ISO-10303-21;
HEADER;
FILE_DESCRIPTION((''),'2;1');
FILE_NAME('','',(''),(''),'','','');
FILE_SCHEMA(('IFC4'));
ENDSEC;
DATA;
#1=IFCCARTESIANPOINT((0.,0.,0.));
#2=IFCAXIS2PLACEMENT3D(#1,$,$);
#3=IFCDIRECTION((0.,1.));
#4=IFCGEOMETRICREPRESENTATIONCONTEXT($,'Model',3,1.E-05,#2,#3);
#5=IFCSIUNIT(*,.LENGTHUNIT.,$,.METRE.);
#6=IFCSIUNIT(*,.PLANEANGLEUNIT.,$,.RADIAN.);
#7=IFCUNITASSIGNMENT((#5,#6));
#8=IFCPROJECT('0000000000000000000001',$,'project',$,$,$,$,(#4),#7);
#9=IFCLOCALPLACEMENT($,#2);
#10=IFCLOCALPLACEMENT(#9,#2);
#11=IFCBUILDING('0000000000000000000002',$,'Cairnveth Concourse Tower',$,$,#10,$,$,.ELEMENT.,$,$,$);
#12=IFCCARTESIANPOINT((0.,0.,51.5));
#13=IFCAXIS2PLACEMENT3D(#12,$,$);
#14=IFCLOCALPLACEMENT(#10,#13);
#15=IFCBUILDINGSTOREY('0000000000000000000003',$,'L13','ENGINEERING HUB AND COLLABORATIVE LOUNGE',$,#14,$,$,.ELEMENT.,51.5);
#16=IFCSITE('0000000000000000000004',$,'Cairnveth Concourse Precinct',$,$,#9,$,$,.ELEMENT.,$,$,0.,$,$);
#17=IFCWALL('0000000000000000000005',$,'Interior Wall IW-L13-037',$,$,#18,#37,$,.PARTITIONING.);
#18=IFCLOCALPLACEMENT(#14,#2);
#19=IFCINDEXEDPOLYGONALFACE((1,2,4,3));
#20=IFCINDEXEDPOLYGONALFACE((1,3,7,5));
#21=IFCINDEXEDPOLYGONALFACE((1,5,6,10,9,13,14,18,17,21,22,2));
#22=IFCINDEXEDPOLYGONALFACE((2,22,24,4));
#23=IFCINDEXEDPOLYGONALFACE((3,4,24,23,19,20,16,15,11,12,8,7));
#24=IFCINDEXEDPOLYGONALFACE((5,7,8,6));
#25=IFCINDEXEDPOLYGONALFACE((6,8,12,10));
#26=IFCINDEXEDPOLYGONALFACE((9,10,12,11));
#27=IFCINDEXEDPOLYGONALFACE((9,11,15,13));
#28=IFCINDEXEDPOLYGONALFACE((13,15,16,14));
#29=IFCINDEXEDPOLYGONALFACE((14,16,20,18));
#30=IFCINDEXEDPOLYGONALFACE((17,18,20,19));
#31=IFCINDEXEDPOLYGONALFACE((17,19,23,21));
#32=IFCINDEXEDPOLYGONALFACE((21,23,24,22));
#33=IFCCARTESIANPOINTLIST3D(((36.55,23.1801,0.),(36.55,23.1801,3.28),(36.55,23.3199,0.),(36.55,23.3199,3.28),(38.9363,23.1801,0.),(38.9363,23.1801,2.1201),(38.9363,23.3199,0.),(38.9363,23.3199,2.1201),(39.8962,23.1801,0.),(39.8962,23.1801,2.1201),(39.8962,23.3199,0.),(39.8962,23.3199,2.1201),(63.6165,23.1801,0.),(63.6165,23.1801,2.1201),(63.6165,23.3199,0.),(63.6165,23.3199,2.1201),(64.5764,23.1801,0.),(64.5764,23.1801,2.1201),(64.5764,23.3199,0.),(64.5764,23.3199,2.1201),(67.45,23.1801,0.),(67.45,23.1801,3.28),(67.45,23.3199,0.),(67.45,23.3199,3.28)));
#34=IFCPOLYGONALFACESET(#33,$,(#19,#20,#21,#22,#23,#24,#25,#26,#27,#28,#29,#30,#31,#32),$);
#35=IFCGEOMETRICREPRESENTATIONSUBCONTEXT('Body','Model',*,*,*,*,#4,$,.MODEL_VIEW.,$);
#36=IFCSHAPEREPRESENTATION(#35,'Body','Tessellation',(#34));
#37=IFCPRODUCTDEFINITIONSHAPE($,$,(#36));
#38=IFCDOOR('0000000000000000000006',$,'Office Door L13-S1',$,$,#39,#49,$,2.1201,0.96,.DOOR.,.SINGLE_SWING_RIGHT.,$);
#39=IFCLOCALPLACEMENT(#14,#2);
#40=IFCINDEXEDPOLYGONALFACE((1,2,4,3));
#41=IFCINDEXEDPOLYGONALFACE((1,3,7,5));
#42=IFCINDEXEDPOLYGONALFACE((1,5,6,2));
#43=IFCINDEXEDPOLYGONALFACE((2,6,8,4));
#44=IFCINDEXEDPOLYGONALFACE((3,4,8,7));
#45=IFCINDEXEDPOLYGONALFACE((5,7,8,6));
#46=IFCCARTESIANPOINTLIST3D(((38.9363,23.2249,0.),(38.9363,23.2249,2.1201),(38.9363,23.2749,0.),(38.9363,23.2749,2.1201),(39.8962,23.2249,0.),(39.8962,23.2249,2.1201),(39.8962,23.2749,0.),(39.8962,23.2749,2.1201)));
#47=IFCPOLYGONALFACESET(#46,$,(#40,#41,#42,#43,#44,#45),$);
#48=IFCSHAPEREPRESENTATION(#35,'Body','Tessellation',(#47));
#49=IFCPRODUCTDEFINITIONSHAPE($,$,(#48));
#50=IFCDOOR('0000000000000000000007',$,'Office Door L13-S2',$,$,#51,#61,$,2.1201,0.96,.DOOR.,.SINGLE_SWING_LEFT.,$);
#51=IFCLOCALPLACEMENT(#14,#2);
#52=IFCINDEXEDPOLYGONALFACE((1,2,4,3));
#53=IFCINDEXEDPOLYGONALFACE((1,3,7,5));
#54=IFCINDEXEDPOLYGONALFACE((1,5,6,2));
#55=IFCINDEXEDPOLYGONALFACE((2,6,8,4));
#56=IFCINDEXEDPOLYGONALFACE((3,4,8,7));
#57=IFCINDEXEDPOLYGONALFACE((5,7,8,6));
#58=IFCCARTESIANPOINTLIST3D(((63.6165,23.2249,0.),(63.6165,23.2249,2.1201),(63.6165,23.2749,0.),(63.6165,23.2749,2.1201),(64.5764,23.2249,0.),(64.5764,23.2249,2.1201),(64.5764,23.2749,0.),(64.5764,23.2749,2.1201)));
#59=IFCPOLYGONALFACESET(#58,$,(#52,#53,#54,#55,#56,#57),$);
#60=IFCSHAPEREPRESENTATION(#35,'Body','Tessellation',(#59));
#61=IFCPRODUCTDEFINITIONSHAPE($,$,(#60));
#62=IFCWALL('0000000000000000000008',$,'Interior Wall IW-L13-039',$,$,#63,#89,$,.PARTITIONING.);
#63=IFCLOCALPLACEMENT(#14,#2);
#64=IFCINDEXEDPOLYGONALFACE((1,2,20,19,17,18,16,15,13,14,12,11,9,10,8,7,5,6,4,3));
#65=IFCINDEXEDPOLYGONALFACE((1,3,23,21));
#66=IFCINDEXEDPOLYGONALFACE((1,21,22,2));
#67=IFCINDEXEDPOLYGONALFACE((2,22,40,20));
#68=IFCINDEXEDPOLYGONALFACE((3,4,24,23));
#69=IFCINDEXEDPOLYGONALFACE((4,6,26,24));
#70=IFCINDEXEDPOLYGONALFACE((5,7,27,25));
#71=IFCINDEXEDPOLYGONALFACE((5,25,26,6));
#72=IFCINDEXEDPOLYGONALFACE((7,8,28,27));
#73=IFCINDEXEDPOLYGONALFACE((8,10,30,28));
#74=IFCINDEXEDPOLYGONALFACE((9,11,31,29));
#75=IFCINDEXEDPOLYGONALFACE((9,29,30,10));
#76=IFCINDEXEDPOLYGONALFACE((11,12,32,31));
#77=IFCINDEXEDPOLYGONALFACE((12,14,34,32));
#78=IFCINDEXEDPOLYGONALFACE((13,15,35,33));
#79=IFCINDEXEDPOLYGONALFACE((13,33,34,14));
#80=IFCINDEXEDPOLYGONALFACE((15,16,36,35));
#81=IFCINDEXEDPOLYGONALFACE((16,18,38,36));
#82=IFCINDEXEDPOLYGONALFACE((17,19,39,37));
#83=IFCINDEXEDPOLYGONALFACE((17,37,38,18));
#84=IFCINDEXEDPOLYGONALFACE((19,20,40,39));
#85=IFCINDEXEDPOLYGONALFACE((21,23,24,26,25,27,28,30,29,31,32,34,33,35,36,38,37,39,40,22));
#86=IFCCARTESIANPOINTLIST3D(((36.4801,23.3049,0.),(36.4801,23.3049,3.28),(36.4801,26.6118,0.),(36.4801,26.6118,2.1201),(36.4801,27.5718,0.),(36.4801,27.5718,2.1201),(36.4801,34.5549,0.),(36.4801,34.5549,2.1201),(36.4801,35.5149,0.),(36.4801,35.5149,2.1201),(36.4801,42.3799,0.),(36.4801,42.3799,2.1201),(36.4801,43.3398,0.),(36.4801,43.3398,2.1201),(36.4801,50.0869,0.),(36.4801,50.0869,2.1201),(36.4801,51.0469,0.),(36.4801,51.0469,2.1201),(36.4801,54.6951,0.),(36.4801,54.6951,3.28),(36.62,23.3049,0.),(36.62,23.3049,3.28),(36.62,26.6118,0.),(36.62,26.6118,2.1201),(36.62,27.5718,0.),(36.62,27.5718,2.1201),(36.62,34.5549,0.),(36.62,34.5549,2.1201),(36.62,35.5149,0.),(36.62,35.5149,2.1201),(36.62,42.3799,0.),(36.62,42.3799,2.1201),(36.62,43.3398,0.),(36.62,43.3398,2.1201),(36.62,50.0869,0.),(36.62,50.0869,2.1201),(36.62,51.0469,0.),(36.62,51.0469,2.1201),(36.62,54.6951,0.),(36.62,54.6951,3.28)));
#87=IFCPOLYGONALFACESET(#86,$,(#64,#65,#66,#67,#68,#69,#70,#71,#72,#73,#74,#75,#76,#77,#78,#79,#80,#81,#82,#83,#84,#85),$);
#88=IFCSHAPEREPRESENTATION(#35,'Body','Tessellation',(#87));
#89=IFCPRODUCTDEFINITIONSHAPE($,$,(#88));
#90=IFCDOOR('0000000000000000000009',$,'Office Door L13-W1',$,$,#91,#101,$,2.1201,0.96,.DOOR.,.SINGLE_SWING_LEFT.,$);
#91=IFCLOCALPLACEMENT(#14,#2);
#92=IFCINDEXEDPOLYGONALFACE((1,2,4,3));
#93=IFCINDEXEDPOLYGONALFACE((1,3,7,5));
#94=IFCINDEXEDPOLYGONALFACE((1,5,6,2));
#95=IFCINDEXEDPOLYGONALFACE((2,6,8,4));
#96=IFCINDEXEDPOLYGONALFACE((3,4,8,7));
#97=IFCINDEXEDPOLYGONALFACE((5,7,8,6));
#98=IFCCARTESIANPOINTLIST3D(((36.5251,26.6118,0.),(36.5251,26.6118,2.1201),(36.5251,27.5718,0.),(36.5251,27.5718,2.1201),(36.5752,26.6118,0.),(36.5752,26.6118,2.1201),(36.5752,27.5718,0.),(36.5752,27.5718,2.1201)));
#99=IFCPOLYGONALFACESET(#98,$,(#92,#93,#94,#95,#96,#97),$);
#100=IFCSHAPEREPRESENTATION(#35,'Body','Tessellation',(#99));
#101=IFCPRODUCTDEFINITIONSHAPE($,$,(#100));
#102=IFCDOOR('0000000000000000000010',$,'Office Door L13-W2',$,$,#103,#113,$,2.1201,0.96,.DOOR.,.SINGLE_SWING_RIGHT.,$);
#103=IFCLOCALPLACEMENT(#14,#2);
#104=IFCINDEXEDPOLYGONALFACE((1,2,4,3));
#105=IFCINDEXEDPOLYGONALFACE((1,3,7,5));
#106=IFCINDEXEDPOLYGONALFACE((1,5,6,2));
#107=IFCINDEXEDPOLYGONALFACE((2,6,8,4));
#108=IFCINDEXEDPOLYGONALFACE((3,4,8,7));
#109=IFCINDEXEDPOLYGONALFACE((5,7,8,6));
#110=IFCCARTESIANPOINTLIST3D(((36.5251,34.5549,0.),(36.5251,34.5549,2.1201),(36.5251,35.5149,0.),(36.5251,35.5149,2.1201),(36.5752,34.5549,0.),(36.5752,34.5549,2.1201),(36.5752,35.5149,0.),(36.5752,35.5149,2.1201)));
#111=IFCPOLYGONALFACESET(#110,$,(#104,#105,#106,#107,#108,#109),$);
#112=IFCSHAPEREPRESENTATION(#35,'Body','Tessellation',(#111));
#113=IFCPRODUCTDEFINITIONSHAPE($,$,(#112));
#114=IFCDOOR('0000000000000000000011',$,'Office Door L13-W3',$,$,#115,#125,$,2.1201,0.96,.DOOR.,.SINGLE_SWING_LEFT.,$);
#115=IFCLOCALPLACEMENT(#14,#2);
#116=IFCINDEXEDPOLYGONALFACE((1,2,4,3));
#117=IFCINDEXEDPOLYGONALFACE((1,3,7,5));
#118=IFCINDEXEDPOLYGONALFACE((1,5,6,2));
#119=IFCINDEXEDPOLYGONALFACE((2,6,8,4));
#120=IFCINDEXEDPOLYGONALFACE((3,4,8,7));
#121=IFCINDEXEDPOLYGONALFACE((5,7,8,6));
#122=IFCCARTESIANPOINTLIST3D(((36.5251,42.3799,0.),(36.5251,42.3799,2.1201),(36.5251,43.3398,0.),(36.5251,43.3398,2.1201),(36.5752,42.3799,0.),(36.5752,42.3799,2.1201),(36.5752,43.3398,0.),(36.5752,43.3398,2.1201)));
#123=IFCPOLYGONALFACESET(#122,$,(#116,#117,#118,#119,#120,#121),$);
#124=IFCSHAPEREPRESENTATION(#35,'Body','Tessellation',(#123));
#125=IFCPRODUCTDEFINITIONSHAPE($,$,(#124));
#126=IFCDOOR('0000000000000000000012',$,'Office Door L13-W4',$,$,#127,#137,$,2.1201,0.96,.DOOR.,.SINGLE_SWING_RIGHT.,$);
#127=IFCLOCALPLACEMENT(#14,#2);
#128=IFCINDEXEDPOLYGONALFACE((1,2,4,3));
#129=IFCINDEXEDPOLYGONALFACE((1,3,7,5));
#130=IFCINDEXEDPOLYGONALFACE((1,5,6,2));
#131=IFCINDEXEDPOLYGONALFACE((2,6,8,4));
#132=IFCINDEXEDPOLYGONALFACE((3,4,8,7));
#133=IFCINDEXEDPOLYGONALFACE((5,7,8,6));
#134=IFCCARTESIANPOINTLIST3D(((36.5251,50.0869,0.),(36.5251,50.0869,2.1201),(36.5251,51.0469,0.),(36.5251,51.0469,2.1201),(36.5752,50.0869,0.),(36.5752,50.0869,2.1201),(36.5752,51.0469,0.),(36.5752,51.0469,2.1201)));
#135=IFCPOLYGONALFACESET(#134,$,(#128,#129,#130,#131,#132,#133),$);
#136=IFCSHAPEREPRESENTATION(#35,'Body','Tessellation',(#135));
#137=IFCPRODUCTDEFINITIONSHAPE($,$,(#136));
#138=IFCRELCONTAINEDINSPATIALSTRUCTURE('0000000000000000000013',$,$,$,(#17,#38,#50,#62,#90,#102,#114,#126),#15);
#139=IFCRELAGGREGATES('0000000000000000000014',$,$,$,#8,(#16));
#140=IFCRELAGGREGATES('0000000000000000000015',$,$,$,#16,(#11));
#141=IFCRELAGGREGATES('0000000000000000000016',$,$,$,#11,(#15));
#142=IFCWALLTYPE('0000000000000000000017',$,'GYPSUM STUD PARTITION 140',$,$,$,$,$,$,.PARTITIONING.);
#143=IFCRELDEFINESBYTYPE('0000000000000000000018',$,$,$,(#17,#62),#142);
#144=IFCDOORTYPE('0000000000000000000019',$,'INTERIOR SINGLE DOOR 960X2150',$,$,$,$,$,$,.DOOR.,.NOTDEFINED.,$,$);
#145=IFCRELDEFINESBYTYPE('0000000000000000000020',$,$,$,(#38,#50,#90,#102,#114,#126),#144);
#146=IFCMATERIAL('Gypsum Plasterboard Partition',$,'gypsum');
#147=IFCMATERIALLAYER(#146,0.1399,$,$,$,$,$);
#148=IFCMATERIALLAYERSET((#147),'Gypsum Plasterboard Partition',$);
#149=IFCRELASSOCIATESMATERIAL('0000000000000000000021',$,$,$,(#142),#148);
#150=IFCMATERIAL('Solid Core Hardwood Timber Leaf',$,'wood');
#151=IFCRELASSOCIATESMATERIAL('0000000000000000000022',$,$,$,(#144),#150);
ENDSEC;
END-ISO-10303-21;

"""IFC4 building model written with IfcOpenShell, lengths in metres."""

from ifc_helpers import new_model, si_unit, direction, frame, frame_2d, origin, place, context, subcontext, project, spatial, rectangle, extrude, material, layer, layer_set, type_object, element, fill, save


model = new_model("IFC4")

# Units and contexts
model_context = context("Model", 3, precision=1e-05, world=origin(), true_north=direction((0.0, 1.0)))
body_context = subcontext(model_context, "Body", "Model", "MODEL_VIEW")
ifc_project = project(units=[si_unit("LENGTHUNIT", "METRE"), si_unit("PLANEANGLEUNIT", "RADIAN")], contexts=[model_context])

# Site, building, storey
site_placement = place(None, origin())
site = spatial("IfcSite", under=ifc_project, at=site_placement, Name="Cairnveth Concourse Precinct", CompositionType="ELEMENT", RefElevation=0.0)
building_placement = place(site_placement, origin())
building = spatial("IfcBuilding", under=site, at=building_placement, Name="Cairnveth Concourse Tower", CompositionType="ELEMENT")
storey_placement = place(building_placement, frame((0.0, 0.0, 51.5)))
storey = spatial("IfcBuildingStorey", under=building, at=storey_placement, Name="L13", Description="ENGINEERING HUB AND COLLABORATIVE LOUNGE", CompositionType="ELEMENT", Elevation=51.5)

# Walls, openings, doors
ifc_material_1 = material(Name="Gypsum Plasterboard Partition", Category="gypsum")
ifc_layer_1 = layer(ifc_material_1, 0.1399)
ifc_layer_set_1 = layer_set([ifc_layer_1], Name="Gypsum Plasterboard Partition")
wall_type_1 = type_object("IfcWallType", Name="GYPSUM STUD PARTITION 140", PredefinedType="PARTITIONING", material=ifc_layer_set_1)
wall_1_placement = place(storey_placement, frame((36.55, 23.25, 0.0), z_axis=(0.0, 0.0, 1.0), x_axis=(1.0, 0.0, 0.0)))
wall_1 = element("IfcWall", 1, at=wall_1_placement, inside=storey, type_object=wall_type_1, Name="Interior Wall IW-L13-037", PredefinedType="PARTITIONING", context=body_context, shape_type="SweptSolid", body=[
    extrude(rectangle(XDim=30.8999, YDim=0.1399, at=frame_2d((15.45, 0.0))), origin(), (0.0, 0.0, 1.0), 3.28),
])
opening_1_placement = place(wall_1_placement, frame((2.3862, 0.0, 0.0)))
opening_1 = element("IfcOpeningElement", 2, at=opening_1_placement, cuts=wall_1, PredefinedType="OPENING", context=body_context, shape_type="SweptSolid", body=[
    extrude(rectangle(XDim=0.96, YDim=2.1201, at=frame_2d((0.48, 1.0601))), frame((0.0, 0.0798, 0.0), z_axis=(0.0, -1.0, 0.0), x_axis=(1.0, 0.0, 0.0)), (0.0, 0.0, 1.0), 0.1599),
])
opening_2_placement = place(wall_1_placement, frame((27.0664, 0.0, 0.0)))
opening_2 = element("IfcOpeningElement", 3, at=opening_2_placement, cuts=wall_1, PredefinedType="OPENING", context=body_context, shape_type="SweptSolid", body=[
    extrude(rectangle(XDim=0.96, YDim=2.1201, at=frame_2d((0.48, 1.0601))), frame((0.0, 0.0798, 0.0), z_axis=(0.0, -1.0, 0.0), x_axis=(1.0, 0.0, 0.0)), (0.0, 0.0, 1.0), 0.1599),
])
ifc_material_2 = material(Name="Solid Core Hardwood Timber Leaf", Category="wood")
door_type_1 = type_object("IfcDoorType", Name="INTERIOR SINGLE DOOR 960X2150", OperationType="NOTDEFINED", PredefinedType="DOOR", material=ifc_material_2)
door_1_placement = place(opening_1_placement, origin())
door_1 = element("IfcDoor", 4, at=door_1_placement, inside=storey, type_object=door_type_1, Name="Office Door L13-S1", OperationType="SINGLE_SWING_RIGHT", OverallHeight=2.1201, OverallWidth=0.96, PredefinedType="DOOR", context=body_context, shape_type="SweptSolid", body=[
    extrude(rectangle(XDim=0.96, YDim=2.1201, at=frame_2d((0.48, 1.0601))), frame((0.0, 0.0249, 0.0), z_axis=(0.0, -1.0, 0.0), x_axis=(1.0, 0.0, 0.0)), (0.0, 0.0, 1.0), 0.05),
])
fill(opening_1, door_1)
door_2_placement = place(opening_2_placement, origin())
door_2 = element("IfcDoor", 5, at=door_2_placement, inside=storey, type_object=door_type_1, Name="Office Door L13-S2", OperationType="SINGLE_SWING_LEFT", OverallHeight=2.1201, OverallWidth=0.96, PredefinedType="DOOR", context=body_context, shape_type="SweptSolid", body=[
    extrude(rectangle(XDim=0.96, YDim=2.1201, at=frame_2d((0.48, 1.0601))), frame((0.0, 0.0249, 0.0), z_axis=(0.0, -1.0, 0.0), x_axis=(1.0, 0.0, 0.0)), (0.0, 0.0, 1.0), 0.05),
])
fill(opening_2, door_2)
wall_2_placement = place(storey_placement, frame((36.55, 23.3049, 0.0), z_axis=(0.0, 0.0, 1.0), x_axis=(0.0, 1.0, 0.0)))
wall_2 = element("IfcWall", 6, at=wall_2_placement, inside=storey, type_object=wall_type_1, Name="Interior Wall IW-L13-039", PredefinedType="PARTITIONING", context=body_context, shape_type="SweptSolid", body=[
    extrude(rectangle(XDim=31.3901, YDim=0.1399, at=frame_2d((15.6951, 0.0))), origin(), (0.0, 0.0, 1.0), 3.28),
])
opening_3_placement = place(wall_2_placement, frame((3.3069, 0.0, 0.0)))
opening_3 = element("IfcOpeningElement", 7, at=opening_3_placement, cuts=wall_2, PredefinedType="OPENING", context=body_context, shape_type="SweptSolid", body=[
    extrude(rectangle(XDim=0.96, YDim=2.1201, at=frame_2d((0.48, 1.0601))), frame((0.0, 0.0798, 0.0), z_axis=(0.0, -1.0, 0.0), x_axis=(1.0, 0.0, 0.0)), (0.0, 0.0, 1.0), 0.1599),
])
opening_4_placement = place(wall_2_placement, frame((11.25, 0.0, 0.0)))
opening_4 = element("IfcOpeningElement", 8, at=opening_4_placement, cuts=wall_2, PredefinedType="OPENING", context=body_context, shape_type="SweptSolid", body=[
    extrude(rectangle(XDim=0.96, YDim=2.1201, at=frame_2d((0.48, 1.0601))), frame((0.0, 0.0798, 0.0), z_axis=(0.0, -1.0, 0.0), x_axis=(1.0, 0.0, 0.0)), (0.0, 0.0, 1.0), 0.1599),
])
opening_5_placement = place(wall_2_placement, frame((19.075, 0.0, 0.0)))
opening_5 = element("IfcOpeningElement", 9, at=opening_5_placement, cuts=wall_2, PredefinedType="OPENING", context=body_context, shape_type="SweptSolid", body=[
    extrude(rectangle(XDim=0.96, YDim=2.1201, at=frame_2d((0.48, 1.0601))), frame((0.0, 0.0798, 0.0), z_axis=(0.0, -1.0, 0.0), x_axis=(1.0, 0.0, 0.0)), (0.0, 0.0, 1.0), 0.1599),
])
opening_6_placement = place(wall_2_placement, frame((26.782, 0.0, 0.0)))
opening_6 = element("IfcOpeningElement", 10, at=opening_6_placement, cuts=wall_2, PredefinedType="OPENING", context=body_context, shape_type="SweptSolid", body=[
    extrude(rectangle(XDim=0.96, YDim=2.1201, at=frame_2d((0.48, 1.0601))), frame((0.0, 0.0798, 0.0), z_axis=(0.0, -1.0, 0.0), x_axis=(1.0, 0.0, 0.0)), (0.0, 0.0, 1.0), 0.1599),
])
door_3_placement = place(opening_3_placement, origin())
door_3 = element("IfcDoor", 11, at=door_3_placement, inside=storey, type_object=door_type_1, Name="Office Door L13-W1", OperationType="SINGLE_SWING_LEFT", OverallHeight=2.1201, OverallWidth=0.96, PredefinedType="DOOR", context=body_context, shape_type="SweptSolid", body=[
    extrude(rectangle(XDim=0.96, YDim=2.1201, at=frame_2d((0.48, 1.0601))), frame((0.0, 0.0249, 0.0), z_axis=(0.0, -1.0, 0.0), x_axis=(1.0, 0.0, 0.0)), (0.0, 0.0, 1.0), 0.05),
])
fill(opening_3, door_3)
door_4_placement = place(opening_4_placement, origin())
door_4 = element("IfcDoor", 12, at=door_4_placement, inside=storey, type_object=door_type_1, Name="Office Door L13-W2", OperationType="SINGLE_SWING_RIGHT", OverallHeight=2.1201, OverallWidth=0.96, PredefinedType="DOOR", context=body_context, shape_type="SweptSolid", body=[
    extrude(rectangle(XDim=0.96, YDim=2.1201, at=frame_2d((0.48, 1.0601))), frame((0.0, 0.0249, 0.0), z_axis=(0.0, -1.0, 0.0), x_axis=(1.0, 0.0, 0.0)), (0.0, 0.0, 1.0), 0.05),
])
fill(opening_4, door_4)
door_5_placement = place(opening_5_placement, origin())
door_5 = element("IfcDoor", 13, at=door_5_placement, inside=storey, type_object=door_type_1, Name="Office Door L13-W3", OperationType="SINGLE_SWING_LEFT", OverallHeight=2.1201, OverallWidth=0.96, PredefinedType="DOOR", context=body_context, shape_type="SweptSolid", body=[
    extrude(rectangle(XDim=0.96, YDim=2.1201, at=frame_2d((0.48, 1.0601))), frame((0.0, 0.0249, 0.0), z_axis=(0.0, -1.0, 0.0), x_axis=(1.0, 0.0, 0.0)), (0.0, 0.0, 1.0), 0.05),
])
fill(opening_5, door_5)
door_6_placement = place(opening_6_placement, origin())
door_6 = element("IfcDoor", 14, at=door_6_placement, inside=storey, type_object=door_type_1, Name="Office Door L13-W4", OperationType="SINGLE_SWING_RIGHT", OverallHeight=2.1201, OverallWidth=0.96, PredefinedType="DOOR", context=body_context, shape_type="SweptSolid", body=[
    extrude(rectangle(XDim=0.96, YDim=2.1201, at=frame_2d((0.48, 1.0601))), frame((0.0, 0.0249, 0.0), z_axis=(0.0, -1.0, 0.0), x_axis=(1.0, 0.0, 0.0)), (0.0, 0.0, 1.0), 0.05),
])
fill(opening_6, door_6)

save(model, "model.ifc")
